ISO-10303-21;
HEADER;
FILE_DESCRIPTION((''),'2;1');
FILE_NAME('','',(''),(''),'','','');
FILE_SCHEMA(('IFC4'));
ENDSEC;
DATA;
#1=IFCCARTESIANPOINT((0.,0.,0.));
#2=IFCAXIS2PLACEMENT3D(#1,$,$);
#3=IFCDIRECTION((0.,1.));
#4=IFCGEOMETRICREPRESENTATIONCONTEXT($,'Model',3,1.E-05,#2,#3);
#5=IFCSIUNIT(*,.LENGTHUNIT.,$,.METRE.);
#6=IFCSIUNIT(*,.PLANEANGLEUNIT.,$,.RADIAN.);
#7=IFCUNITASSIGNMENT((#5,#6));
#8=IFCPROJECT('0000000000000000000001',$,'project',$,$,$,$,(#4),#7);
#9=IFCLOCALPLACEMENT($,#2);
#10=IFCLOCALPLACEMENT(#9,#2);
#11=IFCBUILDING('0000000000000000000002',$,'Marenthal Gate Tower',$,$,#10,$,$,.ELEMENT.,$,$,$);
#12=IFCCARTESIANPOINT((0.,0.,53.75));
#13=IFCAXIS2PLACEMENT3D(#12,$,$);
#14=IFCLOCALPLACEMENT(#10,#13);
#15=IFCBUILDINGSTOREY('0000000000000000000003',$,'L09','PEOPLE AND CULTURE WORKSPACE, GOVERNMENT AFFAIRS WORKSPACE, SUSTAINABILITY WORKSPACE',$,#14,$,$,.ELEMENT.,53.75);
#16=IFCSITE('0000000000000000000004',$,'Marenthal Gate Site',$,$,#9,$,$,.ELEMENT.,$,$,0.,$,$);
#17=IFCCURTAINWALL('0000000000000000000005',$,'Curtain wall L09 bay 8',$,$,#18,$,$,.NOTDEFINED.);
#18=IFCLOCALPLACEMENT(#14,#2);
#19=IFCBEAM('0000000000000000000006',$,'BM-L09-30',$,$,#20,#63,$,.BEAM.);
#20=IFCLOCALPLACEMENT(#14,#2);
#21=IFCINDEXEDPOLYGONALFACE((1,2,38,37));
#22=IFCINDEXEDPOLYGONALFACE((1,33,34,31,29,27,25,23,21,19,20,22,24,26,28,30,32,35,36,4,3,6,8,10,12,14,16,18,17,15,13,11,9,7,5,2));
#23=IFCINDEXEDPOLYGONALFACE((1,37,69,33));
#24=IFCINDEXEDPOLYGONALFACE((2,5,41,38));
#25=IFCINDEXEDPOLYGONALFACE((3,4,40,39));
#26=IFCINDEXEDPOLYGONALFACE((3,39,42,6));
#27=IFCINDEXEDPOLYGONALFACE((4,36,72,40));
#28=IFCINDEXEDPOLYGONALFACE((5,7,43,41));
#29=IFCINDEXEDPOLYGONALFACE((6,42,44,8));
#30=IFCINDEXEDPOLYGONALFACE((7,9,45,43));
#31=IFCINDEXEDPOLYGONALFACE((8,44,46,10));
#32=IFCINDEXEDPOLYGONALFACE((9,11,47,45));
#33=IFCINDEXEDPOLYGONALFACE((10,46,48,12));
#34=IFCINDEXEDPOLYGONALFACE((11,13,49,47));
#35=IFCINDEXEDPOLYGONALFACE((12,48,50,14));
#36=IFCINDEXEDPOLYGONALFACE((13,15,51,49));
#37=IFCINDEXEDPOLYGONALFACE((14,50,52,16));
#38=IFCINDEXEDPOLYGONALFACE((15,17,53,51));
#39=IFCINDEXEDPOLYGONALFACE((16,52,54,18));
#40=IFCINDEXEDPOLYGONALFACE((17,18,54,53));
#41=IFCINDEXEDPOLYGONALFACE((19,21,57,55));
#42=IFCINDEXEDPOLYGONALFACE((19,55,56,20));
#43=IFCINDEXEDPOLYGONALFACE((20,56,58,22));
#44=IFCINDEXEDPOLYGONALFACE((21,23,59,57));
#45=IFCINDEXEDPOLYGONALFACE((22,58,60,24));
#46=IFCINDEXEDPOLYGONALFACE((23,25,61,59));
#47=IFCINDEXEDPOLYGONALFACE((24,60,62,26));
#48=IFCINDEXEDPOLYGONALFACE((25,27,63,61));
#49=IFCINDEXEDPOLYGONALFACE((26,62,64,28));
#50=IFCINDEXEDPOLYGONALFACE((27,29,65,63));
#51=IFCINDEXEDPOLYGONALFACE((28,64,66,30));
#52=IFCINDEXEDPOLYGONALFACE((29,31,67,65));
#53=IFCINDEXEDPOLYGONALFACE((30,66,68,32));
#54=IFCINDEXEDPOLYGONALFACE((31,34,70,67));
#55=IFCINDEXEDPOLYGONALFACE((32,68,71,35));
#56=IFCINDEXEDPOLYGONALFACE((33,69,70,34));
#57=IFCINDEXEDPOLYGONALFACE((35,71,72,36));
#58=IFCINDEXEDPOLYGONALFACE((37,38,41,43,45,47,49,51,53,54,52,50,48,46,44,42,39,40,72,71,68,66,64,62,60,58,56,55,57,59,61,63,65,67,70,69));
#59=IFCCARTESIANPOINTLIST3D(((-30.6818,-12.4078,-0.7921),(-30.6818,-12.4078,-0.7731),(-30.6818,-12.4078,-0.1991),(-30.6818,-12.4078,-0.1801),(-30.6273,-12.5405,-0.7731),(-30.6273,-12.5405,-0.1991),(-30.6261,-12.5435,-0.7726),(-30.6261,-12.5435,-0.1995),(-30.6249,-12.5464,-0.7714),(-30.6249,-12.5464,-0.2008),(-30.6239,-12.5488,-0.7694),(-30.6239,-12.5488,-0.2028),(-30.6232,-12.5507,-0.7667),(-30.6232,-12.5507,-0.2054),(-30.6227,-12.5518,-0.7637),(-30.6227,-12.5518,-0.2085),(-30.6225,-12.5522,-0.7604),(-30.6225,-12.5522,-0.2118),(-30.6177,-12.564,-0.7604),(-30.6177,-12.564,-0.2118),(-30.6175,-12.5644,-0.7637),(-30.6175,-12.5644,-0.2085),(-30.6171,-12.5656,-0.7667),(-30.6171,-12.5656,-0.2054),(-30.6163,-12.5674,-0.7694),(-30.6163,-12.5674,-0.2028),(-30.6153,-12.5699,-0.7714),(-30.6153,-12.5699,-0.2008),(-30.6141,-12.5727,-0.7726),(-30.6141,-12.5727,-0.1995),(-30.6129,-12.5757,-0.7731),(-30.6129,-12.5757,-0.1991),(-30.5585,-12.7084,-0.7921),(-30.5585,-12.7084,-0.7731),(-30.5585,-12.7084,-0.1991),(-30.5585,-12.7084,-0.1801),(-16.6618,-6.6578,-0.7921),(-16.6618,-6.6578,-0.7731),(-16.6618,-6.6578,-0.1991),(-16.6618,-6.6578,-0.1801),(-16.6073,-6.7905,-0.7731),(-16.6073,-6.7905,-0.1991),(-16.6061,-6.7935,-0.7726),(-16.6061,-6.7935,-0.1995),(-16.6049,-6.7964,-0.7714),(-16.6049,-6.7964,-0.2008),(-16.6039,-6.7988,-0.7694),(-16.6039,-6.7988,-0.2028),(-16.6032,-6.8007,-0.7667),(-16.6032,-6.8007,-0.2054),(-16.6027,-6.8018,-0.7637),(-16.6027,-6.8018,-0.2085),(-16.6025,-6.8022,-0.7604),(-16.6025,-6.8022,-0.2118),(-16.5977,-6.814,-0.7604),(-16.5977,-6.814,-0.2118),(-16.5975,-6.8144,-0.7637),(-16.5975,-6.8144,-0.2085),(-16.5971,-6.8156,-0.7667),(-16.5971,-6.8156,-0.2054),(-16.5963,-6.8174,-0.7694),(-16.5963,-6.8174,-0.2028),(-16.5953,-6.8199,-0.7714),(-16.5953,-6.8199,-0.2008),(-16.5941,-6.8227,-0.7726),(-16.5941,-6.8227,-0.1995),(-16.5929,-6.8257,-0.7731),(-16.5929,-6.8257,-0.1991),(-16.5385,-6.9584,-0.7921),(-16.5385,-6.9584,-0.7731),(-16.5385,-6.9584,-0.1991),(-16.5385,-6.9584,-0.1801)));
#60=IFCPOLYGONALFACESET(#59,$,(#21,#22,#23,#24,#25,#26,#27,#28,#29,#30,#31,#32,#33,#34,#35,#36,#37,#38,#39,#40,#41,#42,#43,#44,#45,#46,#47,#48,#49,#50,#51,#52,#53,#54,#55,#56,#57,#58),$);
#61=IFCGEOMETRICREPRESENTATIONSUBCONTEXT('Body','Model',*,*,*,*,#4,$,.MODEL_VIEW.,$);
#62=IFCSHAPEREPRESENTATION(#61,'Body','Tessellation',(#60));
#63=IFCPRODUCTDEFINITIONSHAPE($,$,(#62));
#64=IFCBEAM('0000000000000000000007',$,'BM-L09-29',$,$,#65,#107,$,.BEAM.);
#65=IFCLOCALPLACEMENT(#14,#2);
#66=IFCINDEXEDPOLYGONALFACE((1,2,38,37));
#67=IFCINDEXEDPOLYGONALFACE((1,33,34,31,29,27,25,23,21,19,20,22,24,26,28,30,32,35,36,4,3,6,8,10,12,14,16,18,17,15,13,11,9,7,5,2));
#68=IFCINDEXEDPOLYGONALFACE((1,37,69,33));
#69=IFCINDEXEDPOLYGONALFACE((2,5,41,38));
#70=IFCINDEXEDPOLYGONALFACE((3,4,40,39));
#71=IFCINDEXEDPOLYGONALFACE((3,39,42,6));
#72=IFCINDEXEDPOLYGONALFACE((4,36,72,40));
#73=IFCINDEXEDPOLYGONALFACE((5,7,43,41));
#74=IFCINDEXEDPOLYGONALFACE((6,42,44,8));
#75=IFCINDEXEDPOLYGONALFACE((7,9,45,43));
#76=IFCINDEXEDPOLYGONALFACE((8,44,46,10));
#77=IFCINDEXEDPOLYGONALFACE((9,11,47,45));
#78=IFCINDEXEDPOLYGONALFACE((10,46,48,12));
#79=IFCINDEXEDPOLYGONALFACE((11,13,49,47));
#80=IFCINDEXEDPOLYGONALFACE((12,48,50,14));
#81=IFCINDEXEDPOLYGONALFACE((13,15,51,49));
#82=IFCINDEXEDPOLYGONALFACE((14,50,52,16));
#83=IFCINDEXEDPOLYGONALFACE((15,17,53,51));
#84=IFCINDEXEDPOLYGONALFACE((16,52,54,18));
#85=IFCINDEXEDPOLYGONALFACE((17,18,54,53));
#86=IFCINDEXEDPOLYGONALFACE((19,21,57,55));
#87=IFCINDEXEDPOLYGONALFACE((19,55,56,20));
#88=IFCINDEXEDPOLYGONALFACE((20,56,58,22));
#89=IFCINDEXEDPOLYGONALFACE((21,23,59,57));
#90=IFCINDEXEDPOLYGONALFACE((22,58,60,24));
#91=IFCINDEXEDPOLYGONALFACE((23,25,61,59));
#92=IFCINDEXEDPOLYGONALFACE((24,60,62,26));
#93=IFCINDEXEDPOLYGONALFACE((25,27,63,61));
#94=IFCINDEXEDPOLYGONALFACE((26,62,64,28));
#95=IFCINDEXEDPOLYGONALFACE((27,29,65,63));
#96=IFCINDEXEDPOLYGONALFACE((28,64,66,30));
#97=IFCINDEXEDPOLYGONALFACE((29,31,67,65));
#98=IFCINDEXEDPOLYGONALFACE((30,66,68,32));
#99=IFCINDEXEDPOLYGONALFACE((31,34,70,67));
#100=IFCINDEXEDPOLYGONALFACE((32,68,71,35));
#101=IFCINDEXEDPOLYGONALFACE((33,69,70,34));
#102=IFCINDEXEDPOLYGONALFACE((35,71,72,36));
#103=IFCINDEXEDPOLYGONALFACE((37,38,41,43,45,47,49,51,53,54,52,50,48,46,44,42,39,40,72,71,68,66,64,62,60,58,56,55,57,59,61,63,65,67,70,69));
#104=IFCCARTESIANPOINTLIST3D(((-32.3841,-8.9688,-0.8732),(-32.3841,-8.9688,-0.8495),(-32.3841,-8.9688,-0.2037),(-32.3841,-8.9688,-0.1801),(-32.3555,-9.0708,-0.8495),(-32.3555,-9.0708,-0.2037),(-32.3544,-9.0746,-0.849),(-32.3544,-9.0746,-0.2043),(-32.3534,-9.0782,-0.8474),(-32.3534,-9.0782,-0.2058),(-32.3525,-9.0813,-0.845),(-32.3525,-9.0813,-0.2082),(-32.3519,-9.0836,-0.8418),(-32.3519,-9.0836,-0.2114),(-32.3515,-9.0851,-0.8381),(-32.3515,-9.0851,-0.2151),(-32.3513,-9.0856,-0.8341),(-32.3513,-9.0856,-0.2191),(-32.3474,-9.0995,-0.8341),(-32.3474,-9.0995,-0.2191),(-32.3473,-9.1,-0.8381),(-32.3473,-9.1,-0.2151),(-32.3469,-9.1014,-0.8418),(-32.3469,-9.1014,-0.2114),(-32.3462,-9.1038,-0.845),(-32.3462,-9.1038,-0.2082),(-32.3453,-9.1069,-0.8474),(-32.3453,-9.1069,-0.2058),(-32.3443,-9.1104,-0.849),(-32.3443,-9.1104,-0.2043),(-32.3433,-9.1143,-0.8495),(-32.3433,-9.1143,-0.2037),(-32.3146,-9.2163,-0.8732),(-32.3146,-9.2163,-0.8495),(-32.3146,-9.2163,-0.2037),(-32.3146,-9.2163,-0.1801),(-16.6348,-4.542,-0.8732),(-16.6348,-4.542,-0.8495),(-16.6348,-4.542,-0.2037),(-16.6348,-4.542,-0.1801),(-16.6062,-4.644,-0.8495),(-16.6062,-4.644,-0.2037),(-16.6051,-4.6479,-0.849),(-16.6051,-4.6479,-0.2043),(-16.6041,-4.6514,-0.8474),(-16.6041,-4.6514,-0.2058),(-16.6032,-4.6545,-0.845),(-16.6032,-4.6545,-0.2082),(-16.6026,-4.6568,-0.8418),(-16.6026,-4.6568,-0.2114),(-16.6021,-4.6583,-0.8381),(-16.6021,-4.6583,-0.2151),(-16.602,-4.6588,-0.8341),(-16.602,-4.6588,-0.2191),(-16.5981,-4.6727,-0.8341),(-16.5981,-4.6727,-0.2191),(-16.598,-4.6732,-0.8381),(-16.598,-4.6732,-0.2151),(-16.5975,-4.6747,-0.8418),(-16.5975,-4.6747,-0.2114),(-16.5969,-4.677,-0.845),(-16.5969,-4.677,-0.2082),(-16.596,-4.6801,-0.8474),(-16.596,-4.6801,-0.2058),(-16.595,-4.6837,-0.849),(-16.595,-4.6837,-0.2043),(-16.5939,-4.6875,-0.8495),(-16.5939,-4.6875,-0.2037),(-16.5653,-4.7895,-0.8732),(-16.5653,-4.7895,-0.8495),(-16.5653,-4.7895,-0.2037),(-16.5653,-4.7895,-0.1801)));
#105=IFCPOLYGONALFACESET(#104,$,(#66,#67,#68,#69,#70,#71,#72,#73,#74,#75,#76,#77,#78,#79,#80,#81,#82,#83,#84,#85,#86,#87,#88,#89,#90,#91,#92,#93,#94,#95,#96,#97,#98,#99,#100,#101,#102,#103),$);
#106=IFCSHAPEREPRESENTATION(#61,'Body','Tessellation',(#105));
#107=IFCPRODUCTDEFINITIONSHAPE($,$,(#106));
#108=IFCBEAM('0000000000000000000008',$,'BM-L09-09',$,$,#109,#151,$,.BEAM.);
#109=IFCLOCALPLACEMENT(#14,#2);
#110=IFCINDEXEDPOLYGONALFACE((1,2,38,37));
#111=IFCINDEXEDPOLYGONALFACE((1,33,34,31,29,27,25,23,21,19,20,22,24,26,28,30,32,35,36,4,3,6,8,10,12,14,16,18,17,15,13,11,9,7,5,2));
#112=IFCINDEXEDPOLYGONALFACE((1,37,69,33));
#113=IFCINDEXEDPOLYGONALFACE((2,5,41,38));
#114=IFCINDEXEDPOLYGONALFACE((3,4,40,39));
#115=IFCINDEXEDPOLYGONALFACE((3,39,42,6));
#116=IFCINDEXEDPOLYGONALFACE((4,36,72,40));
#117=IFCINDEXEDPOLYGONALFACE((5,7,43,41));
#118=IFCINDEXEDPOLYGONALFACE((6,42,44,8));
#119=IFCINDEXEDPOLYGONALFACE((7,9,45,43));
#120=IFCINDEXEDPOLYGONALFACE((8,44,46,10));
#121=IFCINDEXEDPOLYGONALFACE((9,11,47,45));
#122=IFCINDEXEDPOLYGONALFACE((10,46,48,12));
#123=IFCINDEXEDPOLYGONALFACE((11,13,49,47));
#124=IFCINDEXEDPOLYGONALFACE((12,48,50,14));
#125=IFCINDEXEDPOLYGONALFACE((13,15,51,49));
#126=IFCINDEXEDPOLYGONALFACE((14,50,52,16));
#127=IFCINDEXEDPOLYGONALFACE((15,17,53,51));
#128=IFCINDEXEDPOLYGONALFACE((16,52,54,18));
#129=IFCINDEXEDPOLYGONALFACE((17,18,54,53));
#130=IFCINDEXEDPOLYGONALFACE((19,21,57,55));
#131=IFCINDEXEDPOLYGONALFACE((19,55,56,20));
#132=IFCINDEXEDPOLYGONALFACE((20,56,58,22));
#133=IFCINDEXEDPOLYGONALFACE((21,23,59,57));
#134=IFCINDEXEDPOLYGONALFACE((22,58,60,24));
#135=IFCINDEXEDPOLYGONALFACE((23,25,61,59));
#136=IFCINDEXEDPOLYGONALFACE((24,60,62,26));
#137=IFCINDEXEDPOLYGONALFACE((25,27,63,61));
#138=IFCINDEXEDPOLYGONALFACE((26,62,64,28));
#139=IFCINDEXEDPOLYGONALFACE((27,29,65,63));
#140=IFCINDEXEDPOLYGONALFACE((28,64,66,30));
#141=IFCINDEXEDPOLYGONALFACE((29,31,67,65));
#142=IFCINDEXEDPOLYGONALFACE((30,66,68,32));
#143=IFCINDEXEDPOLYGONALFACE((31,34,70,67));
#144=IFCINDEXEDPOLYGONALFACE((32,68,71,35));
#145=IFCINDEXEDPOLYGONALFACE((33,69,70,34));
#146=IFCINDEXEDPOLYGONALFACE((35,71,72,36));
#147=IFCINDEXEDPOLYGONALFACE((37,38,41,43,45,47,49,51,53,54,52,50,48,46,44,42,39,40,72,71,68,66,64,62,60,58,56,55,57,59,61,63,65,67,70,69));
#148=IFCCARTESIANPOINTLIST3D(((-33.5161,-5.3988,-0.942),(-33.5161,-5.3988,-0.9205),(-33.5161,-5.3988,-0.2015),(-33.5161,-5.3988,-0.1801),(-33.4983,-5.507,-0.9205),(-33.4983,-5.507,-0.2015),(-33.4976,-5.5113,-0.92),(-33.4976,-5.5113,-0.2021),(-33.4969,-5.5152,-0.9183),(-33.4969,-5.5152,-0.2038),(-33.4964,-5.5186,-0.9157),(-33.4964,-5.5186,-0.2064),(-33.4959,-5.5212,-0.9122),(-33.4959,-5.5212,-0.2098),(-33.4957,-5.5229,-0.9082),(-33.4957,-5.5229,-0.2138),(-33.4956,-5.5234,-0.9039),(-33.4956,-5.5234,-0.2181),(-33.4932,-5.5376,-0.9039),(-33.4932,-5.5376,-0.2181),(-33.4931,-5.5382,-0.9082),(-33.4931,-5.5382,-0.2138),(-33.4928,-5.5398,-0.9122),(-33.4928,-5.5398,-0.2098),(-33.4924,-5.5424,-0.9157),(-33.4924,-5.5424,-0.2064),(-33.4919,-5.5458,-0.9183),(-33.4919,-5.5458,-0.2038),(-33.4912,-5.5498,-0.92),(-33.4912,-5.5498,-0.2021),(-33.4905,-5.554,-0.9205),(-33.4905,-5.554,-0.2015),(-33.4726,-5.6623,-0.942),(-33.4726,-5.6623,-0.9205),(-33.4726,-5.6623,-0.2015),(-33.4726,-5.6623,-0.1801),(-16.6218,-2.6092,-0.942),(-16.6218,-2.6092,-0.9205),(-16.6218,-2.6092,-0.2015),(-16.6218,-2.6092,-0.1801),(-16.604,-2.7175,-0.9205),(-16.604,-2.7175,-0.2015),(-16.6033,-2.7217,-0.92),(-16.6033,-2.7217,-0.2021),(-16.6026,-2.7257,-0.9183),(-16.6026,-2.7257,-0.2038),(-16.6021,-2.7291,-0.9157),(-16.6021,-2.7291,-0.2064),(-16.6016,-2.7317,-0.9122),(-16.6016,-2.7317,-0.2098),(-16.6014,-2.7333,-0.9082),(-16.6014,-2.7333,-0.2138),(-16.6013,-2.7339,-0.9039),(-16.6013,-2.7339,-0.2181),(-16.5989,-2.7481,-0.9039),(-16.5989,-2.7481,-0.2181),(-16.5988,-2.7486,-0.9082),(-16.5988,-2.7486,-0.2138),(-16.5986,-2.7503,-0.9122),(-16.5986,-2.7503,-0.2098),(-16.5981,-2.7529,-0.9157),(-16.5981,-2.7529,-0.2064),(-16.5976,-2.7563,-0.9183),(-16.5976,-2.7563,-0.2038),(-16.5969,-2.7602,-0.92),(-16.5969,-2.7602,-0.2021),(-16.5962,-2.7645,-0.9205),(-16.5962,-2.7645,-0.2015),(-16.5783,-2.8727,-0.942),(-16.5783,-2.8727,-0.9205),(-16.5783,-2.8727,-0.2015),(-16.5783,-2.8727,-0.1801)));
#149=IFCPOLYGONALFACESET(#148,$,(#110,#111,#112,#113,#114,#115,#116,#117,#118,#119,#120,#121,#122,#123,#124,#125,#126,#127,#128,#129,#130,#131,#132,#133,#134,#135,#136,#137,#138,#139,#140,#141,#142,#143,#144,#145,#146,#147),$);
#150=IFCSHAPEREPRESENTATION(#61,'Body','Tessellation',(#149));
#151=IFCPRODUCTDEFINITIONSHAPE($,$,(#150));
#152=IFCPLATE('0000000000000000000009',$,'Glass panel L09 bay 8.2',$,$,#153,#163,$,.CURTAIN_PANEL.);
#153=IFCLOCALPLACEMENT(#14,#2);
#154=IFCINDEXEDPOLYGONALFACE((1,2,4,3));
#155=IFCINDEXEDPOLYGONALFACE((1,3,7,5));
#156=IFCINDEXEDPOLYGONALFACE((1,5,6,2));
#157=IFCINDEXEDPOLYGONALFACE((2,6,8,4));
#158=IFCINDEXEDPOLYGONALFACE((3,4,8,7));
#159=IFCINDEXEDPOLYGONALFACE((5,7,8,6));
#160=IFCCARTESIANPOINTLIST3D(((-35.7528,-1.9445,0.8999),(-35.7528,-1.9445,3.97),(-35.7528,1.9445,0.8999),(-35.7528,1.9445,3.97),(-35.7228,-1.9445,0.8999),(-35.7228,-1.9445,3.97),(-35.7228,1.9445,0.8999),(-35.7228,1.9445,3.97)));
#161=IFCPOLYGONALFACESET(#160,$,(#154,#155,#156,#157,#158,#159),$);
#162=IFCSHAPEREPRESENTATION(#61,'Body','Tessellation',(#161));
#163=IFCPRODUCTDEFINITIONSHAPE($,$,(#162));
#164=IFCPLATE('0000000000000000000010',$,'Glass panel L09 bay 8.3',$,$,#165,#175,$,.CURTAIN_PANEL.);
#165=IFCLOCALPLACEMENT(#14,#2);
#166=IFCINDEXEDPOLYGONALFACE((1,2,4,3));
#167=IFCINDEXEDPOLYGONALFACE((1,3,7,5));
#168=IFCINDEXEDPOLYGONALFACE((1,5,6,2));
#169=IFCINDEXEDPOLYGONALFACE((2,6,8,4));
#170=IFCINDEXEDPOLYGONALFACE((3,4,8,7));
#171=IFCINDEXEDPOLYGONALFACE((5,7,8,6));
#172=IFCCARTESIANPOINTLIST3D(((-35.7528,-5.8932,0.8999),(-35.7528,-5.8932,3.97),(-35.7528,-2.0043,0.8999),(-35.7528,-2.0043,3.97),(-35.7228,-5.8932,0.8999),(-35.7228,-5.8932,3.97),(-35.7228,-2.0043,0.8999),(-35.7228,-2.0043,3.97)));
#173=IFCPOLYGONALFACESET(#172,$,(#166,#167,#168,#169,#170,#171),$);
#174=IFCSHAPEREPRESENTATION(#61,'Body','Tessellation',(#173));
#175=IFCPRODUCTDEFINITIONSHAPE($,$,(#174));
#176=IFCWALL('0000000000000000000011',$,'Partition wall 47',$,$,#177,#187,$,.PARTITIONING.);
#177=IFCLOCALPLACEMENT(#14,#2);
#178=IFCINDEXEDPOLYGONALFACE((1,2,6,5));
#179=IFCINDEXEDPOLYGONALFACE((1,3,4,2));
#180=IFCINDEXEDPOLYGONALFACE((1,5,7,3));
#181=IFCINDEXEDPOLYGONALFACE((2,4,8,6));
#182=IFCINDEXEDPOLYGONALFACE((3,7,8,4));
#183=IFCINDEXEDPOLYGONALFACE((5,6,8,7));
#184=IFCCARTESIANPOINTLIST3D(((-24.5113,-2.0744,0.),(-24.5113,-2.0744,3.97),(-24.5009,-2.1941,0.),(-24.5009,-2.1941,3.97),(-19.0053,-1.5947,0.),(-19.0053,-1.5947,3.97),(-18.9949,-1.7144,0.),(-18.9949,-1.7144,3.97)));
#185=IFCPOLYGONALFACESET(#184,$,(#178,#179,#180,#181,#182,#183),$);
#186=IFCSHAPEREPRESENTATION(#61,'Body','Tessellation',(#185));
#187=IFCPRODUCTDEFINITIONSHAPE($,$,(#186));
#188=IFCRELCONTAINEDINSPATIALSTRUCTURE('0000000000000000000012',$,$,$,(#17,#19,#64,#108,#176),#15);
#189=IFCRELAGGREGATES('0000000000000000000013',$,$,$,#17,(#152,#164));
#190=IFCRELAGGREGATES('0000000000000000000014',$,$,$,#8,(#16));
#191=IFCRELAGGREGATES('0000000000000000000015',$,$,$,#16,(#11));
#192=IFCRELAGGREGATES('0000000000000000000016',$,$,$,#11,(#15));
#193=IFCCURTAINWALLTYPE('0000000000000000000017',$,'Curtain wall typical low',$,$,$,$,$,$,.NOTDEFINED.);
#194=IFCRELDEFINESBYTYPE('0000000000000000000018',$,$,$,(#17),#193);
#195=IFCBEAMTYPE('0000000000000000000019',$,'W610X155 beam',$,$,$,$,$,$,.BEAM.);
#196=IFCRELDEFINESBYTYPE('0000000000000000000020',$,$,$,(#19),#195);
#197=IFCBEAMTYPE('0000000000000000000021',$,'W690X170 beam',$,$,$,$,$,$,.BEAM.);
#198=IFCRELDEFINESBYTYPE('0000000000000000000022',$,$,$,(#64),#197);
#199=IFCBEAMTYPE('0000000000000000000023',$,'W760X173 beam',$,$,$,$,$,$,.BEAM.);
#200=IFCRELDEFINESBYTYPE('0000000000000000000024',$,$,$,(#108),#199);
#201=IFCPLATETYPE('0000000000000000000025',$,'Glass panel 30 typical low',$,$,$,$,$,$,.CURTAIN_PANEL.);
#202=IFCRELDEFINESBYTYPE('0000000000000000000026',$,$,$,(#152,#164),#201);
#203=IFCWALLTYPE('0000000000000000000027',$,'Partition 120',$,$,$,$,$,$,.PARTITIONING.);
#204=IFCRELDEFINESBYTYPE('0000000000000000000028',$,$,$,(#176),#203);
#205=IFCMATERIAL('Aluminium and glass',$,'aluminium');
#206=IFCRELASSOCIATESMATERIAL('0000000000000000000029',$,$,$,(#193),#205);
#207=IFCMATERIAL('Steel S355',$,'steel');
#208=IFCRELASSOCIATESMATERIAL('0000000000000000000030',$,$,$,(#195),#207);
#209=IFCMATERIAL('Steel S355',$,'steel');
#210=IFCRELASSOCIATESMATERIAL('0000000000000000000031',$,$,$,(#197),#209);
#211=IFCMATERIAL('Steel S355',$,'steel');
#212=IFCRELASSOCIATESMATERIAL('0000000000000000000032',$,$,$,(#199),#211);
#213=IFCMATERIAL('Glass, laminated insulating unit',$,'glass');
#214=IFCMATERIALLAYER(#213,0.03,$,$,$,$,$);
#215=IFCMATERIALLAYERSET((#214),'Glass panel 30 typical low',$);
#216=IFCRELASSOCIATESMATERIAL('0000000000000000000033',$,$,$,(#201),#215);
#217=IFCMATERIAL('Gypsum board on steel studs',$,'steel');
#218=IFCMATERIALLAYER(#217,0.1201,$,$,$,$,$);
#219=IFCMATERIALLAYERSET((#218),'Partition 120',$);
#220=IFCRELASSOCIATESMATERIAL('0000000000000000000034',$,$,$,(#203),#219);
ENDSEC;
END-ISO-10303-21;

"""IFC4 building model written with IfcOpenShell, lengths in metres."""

from ifc_helpers import new_model, si_unit, direction, frame, frame_2d, origin, origin_2d, place, context, subcontext, project, spatial, rectangle, i_section, extrude, material, layer, layer_set, material_profile, profile_set, type_object, element, aggregate, save


model = new_model("IFC4")

# Units and contexts
model_context = context("Model", 3, precision=1e-05, world=origin(), true_north=direction((0.0, 1.0)))
body_context = subcontext(model_context, "Body", "Model", "MODEL_VIEW")
ifc_project = project(units=[si_unit("LENGTHUNIT", "METRE"), si_unit("PLANEANGLEUNIT", "RADIAN")], contexts=[model_context])

# Site, building, storey
site_placement = place(None, origin())
site = spatial("IfcSite", under=ifc_project, at=site_placement, Name="Marenthal Gate Site", CompositionType="ELEMENT", RefElevation=0.0)
building_placement = place(site_placement, origin())
building = spatial("IfcBuilding", under=site, at=building_placement, Name="Marenthal Gate Tower", CompositionType="ELEMENT")
storey_placement = place(building_placement, frame((0.0, 0.0, 53.75)))
storey = spatial("IfcBuildingStorey", under=building, at=storey_placement, Name="L09", Description="PEOPLE AND CULTURE WORKSPACE, GOVERNMENT AFFAIRS WORKSPACE, SUSTAINABILITY WORKSPACE", CompositionType="ELEMENT", Elevation=53.75)

# Curtain wall
ifc_material_1 = material(Name="Aluminium and glass", Category="aluminium")
curtain_wall_type = type_object("IfcCurtainWallType", Name="Curtain wall typical low", PredefinedType="NOTDEFINED", material=ifc_material_1)
curtain_wall_placement = place(storey_placement, origin())
curtain_wall = element("IfcCurtainWall", 1, at=curtain_wall_placement, inside=storey, type_object=curtain_wall_type, Name="Curtain wall L09 bay 8", PredefinedType="NOTDEFINED")

# Beams
ifc_material_2 = material(Name="Steel S355", Category="steel")
ifc_material_profile_1 = material_profile(ifc_material_2, i_section(OverallWidth=0.325, OverallDepth=0.6121, WebThickness=0.0127, FlangeThickness=0.019, FilletRadius=0.0127, at=origin_2d()), Name="W610X155")
ifc_profile_set_1 = profile_set([ifc_material_profile_1], Name="Steel S355")
beam_type_1 = type_object("IfcBeamType", Name="W610X155 beam", PredefinedType="BEAM", material=ifc_profile_set_1)
beam_1_placement = place(storey_placement, frame((-30.6201, -12.5581, -0.4861), z_axis=(0.92521, 0.379455, 0.0), x_axis=(-0.379455, 0.92521, 0.0)))
element("IfcBeam", 2, at=beam_1_placement, inside=storey, type_object=beam_type_1, Name="BM-L09-30", PredefinedType="BEAM", context=body_context, shape_type="SweptSolid", body=[
    extrude(i_section(OverallWidth=0.325, OverallDepth=0.6121, WebThickness=0.0127, FlangeThickness=0.019, FilletRadius=0.0127, at=origin_2d()), origin(), (0.0, 0.0, 1.0), 15.1533),
])
ifc_material_3 = material(Name="Steel S355", Category="steel")
ifc_material_profile_2 = material_profile(ifc_material_3, i_section(OverallWidth=0.2571, OverallDepth=0.6931, WebThickness=0.0144, FlangeThickness=0.0237, FilletRadius=0.0154, at=origin_2d()), Name="W690X170")
ifc_profile_set_2 = profile_set([ifc_material_profile_2], Name="Steel S355")
beam_type_2 = type_object("IfcBeamType", Name="W690X170 beam", PredefinedType="BEAM", material=ifc_profile_set_2)
beam_2_placement = place(storey_placement, frame((-32.3494, -9.0925, -0.5266), z_axis=(0.962694, 0.270591, 0.0), x_axis=(-0.270591, 0.962694, 0.0)))
element("IfcBeam", 3, at=beam_2_placement, inside=storey, type_object=beam_type_2, Name="BM-L09-29", PredefinedType="BEAM", context=body_context, shape_type="SweptSolid", body=[
    extrude(i_section(OverallWidth=0.2571, OverallDepth=0.6931, WebThickness=0.0144, FlangeThickness=0.0237, FilletRadius=0.0154, at=origin_2d()), origin(), (0.0, 0.0, 1.0), 16.3596),
])
ifc_material_4 = material(Name="Steel S355", Category="steel")
ifc_material_profile_3 = material_profile(ifc_material_4, i_section(OverallWidth=0.2671, OverallDepth=0.762, WebThickness=0.0144, FlangeThickness=0.0215, FilletRadius=0.0166, at=origin_2d()), Name="W760X173")
ifc_profile_set_3 = profile_set([ifc_material_profile_3], Name="Steel S355")
beam_type_3 = type_object("IfcBeamType", Name="W760X173 beam", PredefinedType="BEAM", material=ifc_profile_set_3)
beam_3_placement = place(storey_placement, frame((-33.4944, -5.5305, -0.561), z_axis=(0.986641, 0.162912, 0.0), x_axis=(-0.162912, 0.986641, 0.0)))
element("IfcBeam", 4, at=beam_3_placement, inside=storey, type_object=beam_type_3, Name="BM-L09-09", PredefinedType="BEAM", context=body_context, shape_type="SweptSolid", body=[
    extrude(i_section(OverallWidth=0.2671, OverallDepth=0.762, WebThickness=0.0144, FlangeThickness=0.0215, FilletRadius=0.0166, at=origin_2d()), origin(), (0.0, 0.0, 1.0), 17.123),
])

# Plates
ifc_material_5 = material(Name="Glass, laminated insulating unit", Category="glass")
ifc_layer_1 = layer(ifc_material_5, 0.03)
ifc_layer_set_1 = layer_set([ifc_layer_1], Name="Glass panel 30 typical low")
plate_type = type_object("IfcPlateType", Name="Glass panel 30 typical low", PredefinedType="CURTAIN_PANEL", material=ifc_layer_set_1)
plate_1_placement = place(storey_placement, frame((-35.7378, 0.0, 0.8999), z_axis=(0.0, 0.0, 1.0), x_axis=(0.0, -1.0, 0.0)))
plate_1 = element("IfcPlate", 5, at=plate_1_placement, type_object=plate_type, Name="Glass panel L09 bay 8.2", PredefinedType="CURTAIN_PANEL", context=body_context, shape_type="SweptSolid", body=[
    extrude(rectangle(XDim=3.8889, YDim=0.03, at=origin_2d()), origin(), (0.0, 0.0, 1.0), 3.0701),
])
plate_2_placement = place(storey_placement, frame((-35.7378, -3.9487, 0.8999), z_axis=(0.0, 0.0, 1.0), x_axis=(0.0, -1.0, 0.0)))
plate_2 = element("IfcPlate", 6, at=plate_2_placement, type_object=plate_type, Name="Glass panel L09 bay 8.3", PredefinedType="CURTAIN_PANEL", context=body_context, shape_type="SweptSolid", body=[
    extrude(rectangle(XDim=3.8889, YDim=0.03, at=origin_2d()), origin(), (0.0, 0.0, 1.0), 3.0701),
])
aggregate(curtain_wall, [plate_1, plate_2])

# Wall
ifc_material_6 = material(Name="Gypsum board on steel studs", Category="steel")
ifc_layer_2 = layer(ifc_material_6, 0.1201)
ifc_layer_set_2 = layer_set([ifc_layer_2], Name="Partition 120")
wall_type_1 = type_object("IfcWallType", Name="Partition 120", PredefinedType="PARTITIONING", material=ifc_layer_set_2)
wall_1_placement = place(storey_placement, frame((-24.5061, -2.1343, 0.0), z_axis=(0.0, 0.0, 1.0), x_axis=(0.996226, 0.086799, 0.0)))
element("IfcWall", 7, at=wall_1_placement, inside=storey, type_object=wall_type_1, Name="Partition wall 47", PredefinedType="PARTITIONING", context=body_context, shape_type="SweptSolid", body=[
    extrude(rectangle(XDim=5.5269, YDim=0.1201, at=frame_2d((2.7634, 0.0))), origin(), (0.0, 0.0, 1.0), 3.97),
])

save(model, "model.ifc")
